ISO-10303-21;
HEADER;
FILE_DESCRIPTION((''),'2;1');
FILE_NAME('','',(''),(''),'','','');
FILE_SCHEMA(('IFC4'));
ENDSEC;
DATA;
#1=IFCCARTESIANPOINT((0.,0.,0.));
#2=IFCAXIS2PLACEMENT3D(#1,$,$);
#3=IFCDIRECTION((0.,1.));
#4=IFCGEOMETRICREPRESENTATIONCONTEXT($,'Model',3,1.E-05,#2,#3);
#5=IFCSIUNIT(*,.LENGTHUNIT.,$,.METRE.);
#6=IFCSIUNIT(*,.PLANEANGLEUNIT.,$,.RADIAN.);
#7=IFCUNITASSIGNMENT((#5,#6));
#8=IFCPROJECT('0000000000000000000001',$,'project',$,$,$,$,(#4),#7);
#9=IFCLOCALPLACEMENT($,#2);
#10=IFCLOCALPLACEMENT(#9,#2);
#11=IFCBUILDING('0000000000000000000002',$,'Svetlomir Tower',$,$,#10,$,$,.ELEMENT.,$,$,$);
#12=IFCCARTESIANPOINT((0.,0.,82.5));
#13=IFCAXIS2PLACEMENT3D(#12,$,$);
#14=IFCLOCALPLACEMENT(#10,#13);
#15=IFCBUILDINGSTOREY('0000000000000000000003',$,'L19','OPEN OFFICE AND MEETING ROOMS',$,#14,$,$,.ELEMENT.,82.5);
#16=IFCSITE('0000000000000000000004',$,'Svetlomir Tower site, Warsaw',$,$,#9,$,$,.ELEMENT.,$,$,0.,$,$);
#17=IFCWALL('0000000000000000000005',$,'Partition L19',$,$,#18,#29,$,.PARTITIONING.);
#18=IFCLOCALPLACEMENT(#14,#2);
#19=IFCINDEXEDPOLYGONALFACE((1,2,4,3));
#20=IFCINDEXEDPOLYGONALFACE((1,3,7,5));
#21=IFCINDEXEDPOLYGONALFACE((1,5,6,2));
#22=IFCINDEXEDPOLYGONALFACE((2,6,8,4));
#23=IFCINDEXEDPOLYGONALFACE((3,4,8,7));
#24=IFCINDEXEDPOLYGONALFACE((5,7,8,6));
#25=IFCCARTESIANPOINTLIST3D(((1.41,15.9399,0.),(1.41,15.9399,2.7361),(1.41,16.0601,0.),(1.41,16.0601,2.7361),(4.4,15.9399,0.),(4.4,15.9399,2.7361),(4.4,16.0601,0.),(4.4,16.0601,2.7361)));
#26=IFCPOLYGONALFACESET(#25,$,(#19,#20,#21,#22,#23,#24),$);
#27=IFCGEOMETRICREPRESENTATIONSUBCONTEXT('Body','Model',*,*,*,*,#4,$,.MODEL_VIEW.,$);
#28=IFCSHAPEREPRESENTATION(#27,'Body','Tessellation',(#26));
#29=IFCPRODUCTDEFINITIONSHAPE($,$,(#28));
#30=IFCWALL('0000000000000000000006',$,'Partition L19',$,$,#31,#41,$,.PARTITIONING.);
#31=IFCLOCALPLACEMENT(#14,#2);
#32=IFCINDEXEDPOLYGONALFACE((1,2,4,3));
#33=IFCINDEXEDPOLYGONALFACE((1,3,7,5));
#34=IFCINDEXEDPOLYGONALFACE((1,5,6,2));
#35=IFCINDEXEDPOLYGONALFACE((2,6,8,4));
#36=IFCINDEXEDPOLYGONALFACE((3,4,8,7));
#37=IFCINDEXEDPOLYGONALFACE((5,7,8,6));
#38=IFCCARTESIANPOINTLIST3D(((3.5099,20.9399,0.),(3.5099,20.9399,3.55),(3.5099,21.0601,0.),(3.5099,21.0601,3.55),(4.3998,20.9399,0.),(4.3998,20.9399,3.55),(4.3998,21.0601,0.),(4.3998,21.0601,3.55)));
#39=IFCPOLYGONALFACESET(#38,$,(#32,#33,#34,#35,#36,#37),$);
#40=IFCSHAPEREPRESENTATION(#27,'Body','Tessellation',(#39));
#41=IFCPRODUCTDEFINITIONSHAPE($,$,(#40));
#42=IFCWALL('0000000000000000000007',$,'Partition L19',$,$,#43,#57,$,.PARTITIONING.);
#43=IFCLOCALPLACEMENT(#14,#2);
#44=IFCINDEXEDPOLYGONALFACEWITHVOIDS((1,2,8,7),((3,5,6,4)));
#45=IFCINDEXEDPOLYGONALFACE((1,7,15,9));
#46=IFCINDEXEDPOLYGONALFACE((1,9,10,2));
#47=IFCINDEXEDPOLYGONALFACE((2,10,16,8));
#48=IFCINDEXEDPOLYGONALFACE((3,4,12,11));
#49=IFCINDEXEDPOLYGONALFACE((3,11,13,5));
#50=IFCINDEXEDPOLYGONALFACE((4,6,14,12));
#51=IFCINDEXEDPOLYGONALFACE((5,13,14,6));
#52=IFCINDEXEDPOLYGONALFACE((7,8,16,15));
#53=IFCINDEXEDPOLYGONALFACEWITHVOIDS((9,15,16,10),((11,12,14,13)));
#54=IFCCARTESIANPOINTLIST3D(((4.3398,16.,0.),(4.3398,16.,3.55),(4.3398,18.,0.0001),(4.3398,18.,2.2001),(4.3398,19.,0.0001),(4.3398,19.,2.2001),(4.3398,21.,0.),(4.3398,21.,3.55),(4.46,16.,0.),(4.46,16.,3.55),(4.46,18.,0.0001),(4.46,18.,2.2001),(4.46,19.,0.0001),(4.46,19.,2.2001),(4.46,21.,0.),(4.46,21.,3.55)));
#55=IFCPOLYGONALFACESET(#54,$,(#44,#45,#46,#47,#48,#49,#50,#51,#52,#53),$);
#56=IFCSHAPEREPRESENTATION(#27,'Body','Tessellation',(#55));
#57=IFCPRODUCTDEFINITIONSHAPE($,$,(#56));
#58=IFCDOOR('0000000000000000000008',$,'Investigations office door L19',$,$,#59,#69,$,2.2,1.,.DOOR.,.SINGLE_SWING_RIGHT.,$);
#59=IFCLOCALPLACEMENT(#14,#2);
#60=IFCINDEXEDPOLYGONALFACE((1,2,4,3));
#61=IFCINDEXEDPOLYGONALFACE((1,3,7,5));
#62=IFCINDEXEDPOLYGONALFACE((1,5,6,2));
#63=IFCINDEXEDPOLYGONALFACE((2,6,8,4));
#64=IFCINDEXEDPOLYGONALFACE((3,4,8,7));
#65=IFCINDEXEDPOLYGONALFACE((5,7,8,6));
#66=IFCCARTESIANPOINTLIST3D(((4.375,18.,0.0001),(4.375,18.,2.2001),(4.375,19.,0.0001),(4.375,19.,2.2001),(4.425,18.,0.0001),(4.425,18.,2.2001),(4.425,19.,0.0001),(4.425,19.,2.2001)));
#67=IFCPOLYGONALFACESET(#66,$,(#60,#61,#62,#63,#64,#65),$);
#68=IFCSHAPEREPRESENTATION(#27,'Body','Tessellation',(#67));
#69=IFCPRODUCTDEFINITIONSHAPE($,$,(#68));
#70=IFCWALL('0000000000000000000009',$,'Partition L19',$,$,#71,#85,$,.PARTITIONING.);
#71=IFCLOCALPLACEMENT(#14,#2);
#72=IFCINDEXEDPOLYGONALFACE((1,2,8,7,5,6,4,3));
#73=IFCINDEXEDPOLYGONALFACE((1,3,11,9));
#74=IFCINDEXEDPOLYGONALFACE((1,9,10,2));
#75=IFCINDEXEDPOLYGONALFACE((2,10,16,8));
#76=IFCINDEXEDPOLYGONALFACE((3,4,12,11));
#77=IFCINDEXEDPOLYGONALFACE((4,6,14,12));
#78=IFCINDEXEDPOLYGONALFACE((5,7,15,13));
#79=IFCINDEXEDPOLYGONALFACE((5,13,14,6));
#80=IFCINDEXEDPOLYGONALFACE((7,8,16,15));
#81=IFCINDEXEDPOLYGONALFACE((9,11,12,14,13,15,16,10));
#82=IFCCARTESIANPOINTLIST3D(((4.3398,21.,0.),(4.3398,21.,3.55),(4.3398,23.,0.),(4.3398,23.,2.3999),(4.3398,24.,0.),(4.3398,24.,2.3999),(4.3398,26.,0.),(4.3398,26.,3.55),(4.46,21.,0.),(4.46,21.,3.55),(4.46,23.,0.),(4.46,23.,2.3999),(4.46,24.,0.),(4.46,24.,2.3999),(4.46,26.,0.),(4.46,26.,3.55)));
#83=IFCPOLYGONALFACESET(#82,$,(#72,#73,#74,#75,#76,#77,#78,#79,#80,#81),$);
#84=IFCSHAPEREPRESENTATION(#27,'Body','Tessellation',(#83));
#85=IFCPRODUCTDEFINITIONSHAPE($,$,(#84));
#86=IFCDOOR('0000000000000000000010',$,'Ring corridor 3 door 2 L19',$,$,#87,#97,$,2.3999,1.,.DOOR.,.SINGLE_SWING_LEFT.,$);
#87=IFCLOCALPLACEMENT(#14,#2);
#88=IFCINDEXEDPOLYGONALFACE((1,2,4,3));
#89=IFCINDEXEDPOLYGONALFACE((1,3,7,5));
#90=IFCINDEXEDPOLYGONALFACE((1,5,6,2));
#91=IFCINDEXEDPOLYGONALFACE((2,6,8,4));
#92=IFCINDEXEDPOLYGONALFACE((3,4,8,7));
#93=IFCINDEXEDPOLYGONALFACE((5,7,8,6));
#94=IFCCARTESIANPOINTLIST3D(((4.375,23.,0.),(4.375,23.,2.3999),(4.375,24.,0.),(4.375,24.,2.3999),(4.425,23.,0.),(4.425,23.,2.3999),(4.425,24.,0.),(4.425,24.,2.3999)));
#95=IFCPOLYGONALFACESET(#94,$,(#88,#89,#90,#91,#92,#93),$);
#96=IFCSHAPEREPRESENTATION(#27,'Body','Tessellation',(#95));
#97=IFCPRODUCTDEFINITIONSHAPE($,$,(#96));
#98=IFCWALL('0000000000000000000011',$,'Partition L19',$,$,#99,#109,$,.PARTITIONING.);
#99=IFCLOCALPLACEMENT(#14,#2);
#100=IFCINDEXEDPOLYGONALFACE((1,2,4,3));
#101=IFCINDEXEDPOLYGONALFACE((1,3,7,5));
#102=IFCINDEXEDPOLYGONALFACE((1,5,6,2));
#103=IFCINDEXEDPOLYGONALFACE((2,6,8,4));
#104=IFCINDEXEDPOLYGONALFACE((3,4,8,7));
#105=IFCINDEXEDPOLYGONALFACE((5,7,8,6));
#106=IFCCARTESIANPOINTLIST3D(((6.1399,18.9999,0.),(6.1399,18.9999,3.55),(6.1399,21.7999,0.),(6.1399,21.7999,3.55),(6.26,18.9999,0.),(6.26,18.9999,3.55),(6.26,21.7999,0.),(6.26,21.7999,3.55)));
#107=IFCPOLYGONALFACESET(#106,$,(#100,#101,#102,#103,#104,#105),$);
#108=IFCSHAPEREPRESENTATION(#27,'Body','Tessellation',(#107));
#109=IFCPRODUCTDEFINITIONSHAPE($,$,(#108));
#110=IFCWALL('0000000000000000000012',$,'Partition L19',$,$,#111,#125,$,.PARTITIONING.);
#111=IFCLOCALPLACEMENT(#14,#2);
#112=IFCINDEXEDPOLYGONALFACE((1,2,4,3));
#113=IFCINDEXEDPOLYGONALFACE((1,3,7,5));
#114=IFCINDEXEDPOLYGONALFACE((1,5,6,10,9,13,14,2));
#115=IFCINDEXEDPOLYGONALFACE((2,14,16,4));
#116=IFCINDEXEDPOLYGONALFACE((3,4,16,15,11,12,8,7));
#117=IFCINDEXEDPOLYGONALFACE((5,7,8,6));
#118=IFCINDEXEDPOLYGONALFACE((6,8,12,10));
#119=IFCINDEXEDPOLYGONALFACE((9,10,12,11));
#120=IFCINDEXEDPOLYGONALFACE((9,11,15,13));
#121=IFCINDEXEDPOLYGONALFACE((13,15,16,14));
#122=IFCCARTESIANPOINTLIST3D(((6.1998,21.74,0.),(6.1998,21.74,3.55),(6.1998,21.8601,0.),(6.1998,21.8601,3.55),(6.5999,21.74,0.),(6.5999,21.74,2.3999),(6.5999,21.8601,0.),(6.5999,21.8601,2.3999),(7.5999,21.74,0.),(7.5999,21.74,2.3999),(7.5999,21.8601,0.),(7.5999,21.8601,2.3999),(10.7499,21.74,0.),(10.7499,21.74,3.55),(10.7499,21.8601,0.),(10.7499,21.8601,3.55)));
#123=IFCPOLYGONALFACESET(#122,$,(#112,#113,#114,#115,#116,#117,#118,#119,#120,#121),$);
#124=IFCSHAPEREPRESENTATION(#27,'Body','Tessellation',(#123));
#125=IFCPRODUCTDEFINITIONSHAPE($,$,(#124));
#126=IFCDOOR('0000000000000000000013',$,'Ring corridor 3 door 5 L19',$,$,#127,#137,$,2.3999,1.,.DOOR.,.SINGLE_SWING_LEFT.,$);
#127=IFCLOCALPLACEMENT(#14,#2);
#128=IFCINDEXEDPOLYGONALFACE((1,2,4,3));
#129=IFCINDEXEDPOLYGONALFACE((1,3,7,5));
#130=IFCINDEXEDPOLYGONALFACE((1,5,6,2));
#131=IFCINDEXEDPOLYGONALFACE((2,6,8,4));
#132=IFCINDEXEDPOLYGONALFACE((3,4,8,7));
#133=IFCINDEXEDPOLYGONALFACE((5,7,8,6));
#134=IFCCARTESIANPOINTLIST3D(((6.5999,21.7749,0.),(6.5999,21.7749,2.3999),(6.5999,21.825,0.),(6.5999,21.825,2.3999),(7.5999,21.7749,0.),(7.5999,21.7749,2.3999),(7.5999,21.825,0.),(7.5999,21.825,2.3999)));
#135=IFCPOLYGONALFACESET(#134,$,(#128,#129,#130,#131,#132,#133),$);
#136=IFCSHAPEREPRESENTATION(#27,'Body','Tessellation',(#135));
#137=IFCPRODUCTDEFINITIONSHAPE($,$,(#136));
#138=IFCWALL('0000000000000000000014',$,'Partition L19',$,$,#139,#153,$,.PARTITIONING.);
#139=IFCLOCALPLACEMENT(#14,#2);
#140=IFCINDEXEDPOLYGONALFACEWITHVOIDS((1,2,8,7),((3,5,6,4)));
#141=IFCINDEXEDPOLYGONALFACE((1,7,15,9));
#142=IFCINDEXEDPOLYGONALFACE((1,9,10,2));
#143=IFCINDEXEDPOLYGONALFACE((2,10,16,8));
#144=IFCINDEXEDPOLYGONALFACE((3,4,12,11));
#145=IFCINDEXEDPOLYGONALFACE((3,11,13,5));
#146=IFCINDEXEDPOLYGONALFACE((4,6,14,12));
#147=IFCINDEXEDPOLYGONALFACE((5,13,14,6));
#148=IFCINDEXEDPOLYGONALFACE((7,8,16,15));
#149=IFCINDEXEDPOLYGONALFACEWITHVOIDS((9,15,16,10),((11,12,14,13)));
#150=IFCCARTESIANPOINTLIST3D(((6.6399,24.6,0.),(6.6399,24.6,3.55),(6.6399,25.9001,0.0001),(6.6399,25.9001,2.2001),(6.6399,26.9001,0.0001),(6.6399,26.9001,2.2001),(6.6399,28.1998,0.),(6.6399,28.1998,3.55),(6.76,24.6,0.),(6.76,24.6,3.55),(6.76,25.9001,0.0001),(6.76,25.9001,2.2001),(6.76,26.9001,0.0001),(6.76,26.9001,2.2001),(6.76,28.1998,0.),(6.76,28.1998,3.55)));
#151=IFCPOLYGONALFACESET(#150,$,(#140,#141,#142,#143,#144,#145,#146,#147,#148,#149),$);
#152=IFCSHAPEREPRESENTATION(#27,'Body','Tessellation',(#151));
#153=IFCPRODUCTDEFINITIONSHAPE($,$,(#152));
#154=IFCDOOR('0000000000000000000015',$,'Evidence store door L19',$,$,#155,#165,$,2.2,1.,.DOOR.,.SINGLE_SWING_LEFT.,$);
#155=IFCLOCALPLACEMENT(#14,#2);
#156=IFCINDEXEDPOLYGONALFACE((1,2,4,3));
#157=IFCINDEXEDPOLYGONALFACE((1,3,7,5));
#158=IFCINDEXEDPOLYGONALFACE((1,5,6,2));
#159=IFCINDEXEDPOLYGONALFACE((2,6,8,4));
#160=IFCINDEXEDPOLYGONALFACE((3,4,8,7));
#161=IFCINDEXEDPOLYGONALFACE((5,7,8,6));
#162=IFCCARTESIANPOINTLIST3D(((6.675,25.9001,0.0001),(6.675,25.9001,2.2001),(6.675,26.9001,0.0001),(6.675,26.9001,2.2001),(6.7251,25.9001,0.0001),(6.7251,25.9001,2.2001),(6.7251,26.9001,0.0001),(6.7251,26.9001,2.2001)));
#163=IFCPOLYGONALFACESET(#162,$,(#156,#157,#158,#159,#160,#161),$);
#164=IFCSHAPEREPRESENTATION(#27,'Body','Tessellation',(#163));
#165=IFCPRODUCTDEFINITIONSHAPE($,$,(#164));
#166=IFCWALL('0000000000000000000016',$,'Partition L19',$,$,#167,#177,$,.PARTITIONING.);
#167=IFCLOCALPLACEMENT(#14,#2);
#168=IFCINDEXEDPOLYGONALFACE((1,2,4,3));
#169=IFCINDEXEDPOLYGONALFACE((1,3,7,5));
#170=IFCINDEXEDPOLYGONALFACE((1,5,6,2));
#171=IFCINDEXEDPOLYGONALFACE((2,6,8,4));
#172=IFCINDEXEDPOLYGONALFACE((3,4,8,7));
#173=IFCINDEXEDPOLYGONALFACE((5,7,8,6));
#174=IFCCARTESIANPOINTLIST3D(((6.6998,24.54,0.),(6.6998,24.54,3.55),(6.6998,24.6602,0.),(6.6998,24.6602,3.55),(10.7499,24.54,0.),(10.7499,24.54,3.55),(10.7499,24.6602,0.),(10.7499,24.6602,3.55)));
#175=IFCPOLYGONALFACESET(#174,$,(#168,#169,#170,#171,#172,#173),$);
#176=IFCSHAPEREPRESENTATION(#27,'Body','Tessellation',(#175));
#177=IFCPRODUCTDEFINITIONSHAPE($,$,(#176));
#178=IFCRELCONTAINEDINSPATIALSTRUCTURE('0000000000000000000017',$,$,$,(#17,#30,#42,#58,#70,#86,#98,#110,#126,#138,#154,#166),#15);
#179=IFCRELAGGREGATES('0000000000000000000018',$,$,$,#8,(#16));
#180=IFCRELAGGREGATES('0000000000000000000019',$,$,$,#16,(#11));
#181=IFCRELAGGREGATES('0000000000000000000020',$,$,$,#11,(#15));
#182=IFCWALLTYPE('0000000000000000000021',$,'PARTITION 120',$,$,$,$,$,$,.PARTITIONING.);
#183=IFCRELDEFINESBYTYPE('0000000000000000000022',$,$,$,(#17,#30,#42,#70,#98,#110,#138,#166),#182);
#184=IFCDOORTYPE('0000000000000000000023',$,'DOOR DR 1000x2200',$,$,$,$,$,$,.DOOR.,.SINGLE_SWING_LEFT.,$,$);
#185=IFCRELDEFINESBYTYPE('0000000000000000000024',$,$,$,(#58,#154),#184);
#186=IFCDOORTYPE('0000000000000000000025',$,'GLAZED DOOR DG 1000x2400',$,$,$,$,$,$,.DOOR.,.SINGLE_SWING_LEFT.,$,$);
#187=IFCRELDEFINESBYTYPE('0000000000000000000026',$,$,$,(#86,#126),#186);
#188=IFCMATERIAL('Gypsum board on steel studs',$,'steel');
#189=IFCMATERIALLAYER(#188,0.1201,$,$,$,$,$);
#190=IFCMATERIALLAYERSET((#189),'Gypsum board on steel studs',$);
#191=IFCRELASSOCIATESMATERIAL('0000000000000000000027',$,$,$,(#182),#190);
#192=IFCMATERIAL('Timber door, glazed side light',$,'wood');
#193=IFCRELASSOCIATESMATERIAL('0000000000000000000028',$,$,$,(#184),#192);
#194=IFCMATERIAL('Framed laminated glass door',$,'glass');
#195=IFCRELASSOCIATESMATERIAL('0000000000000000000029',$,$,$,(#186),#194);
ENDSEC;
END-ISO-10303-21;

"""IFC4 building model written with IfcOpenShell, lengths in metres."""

from ifc_helpers import new_model, si_unit, direction, frame, frame_2d, origin, place, context, subcontext, project, spatial, rectangle, extrude, material, layer, layer_set, type_object, element, fill, save


model = new_model("IFC4")

# Units and contexts
model_context = context("Model", 3, precision=1e-05, world=origin(), true_north=direction((0.0, 1.0)))
body_context = subcontext(model_context, "Body", "Model", "MODEL_VIEW")
ifc_project = project(units=[si_unit("LENGTHUNIT", "METRE"), si_unit("PLANEANGLEUNIT", "RADIAN")], contexts=[model_context])

# Site, building, storey
site_placement = place(None, origin())
site = spatial("IfcSite", under=ifc_project, at=site_placement, Name="Svetlomir Tower site, Warsaw", CompositionType="ELEMENT", RefElevation=0.0)
building_placement = place(site_placement, origin())
building = spatial("IfcBuilding", under=site, at=building_placement, Name="Svetlomir Tower", CompositionType="ELEMENT")
storey_placement = place(building_placement, frame((0.0, 0.0, 82.5)))
storey = spatial("IfcBuildingStorey", under=building, at=storey_placement, Name="L19", Description="OPEN OFFICE AND MEETING ROOMS", CompositionType="ELEMENT", Elevation=82.5)

# Walls
ifc_material_1 = material(Name="Gypsum board on steel studs", Category="steel")
ifc_layer_1 = layer(ifc_material_1, 0.1201)
ifc_layer_set_1 = layer_set([ifc_layer_1], Name="Gypsum board on steel studs")
wall_type_1 = type_object("IfcWallType", Name="PARTITION 120", PredefinedType="PARTITIONING", material=ifc_layer_set_1)
wall_1_placement = place(storey_placement, frame((1.4099, 16.0, 0.0), z_axis=(0.0, 0.0, 1.0), x_axis=(1.0, 0.0, 0.0)))
element("IfcWall", 1, at=wall_1_placement, inside=storey, type_object=wall_type_1, Name="Partition L19", PredefinedType="PARTITIONING", context=body_context, shape_type="SweptSolid", body=[
    extrude(rectangle(XDim=2.99, YDim=0.1201, at=frame_2d((1.4951, 0.0))), origin(), (0.0, 0.0, 1.0), 2.7361),
])
wall_2_placement = place(storey_placement, frame((3.51, 21.0, 0.0), z_axis=(0.0, 0.0, 1.0), x_axis=(1.0, 0.0, 0.0)))
element("IfcWall", 2, at=wall_2_placement, inside=storey, type_object=wall_type_1, Name="Partition L19", PredefinedType="PARTITIONING", context=body_context, shape_type="SweptSolid", body=[
    extrude(rectangle(XDim=0.8899, YDim=0.1201, at=frame_2d((0.4448, 0.0))), origin(), (0.0, 0.0, 1.0), 3.55),
])

# Walls, openings, doors
wall_3_placement = place(storey_placement, frame((4.3999, 16.0, 0.0), z_axis=(0.0, 0.0, 1.0), x_axis=(0.0, 1.0, 0.0)))
wall_3 = element("IfcWall", 3, at=wall_3_placement, inside=storey, type_object=wall_type_1, Name="Partition L19", PredefinedType="PARTITIONING", context=body_context, shape_type="SweptSolid", body=[
    extrude(rectangle(XDim=5.0, YDim=0.1201, at=frame_2d((2.5, 0.0))), origin(), (0.0, 0.0, 1.0), 3.55),
])
opening_1_placement = place(wall_3_placement, frame((2.0, 0.0, 0.0)))
opening_1 = element("IfcOpeningElement", 4, at=opening_1_placement, cuts=wall_3, PredefinedType="OPENING", context=body_context, shape_type="SweptSolid", body=[
    extrude(rectangle(XDim=1.0, YDim=2.2, at=frame_2d((0.5, 1.1001))), frame((0.0, 0.0701, 0.0), z_axis=(0.0, -1.0, 0.0), x_axis=(1.0, 0.0, 0.0)), (0.0, 0.0, 1.0), 0.1401),
])
ifc_material_2 = material(Name="Timber door, glazed side light", Category="wood")
door_type_1 = type_object("IfcDoorType", Name="DOOR DR 1000x2200", OperationType="SINGLE_SWING_LEFT", PredefinedType="DOOR", material=ifc_material_2)
door_1_placement = place(opening_1_placement, origin())
door_1 = element("IfcDoor", 5, at=door_1_placement, inside=storey, type_object=door_type_1, Name="Investigations office door L19", OperationType="SINGLE_SWING_RIGHT", OverallHeight=2.2, OverallWidth=1.0, PredefinedType="DOOR", context=body_context, shape_type="SweptSolid", body=[
    extrude(rectangle(XDim=1.0, YDim=2.2, at=frame_2d((0.5, 1.1001))), frame((0.0, 0.0249, 0.0), z_axis=(0.0, -1.0, 0.0), x_axis=(1.0, 0.0, 0.0)), (0.0, 0.0, 1.0), 0.05),
])
fill(opening_1, door_1)
wall_4_placement = place(storey_placement, frame((4.3999, 21.0, 0.0), z_axis=(0.0, 0.0, 1.0), x_axis=(0.0, 1.0, 0.0)))
wall_4 = element("IfcWall", 6, at=wall_4_placement, inside=storey, type_object=wall_type_1, Name="Partition L19", PredefinedType="PARTITIONING", context=body_context, shape_type="SweptSolid", body=[
    extrude(rectangle(XDim=5.0, YDim=0.1201, at=frame_2d((2.5, 0.0))), origin(), (0.0, 0.0, 1.0), 3.55),
])
opening_2_placement = place(wall_4_placement, frame((2.0, 0.0, 0.0)))
opening_2 = element("IfcOpeningElement", 7, at=opening_2_placement, cuts=wall_4, PredefinedType="OPENING", context=body_context, shape_type="SweptSolid", body=[
    extrude(rectangle(XDim=1.0, YDim=2.3999, at=frame_2d((0.5, 1.2))), frame((0.0, 0.0701, 0.0), z_axis=(0.0, -1.0, 0.0), x_axis=(1.0, 0.0, 0.0)), (0.0, 0.0, 1.0), 0.1401),
])
ifc_material_3 = material(Name="Framed laminated glass door", Category="glass")
door_type_2 = type_object("IfcDoorType", Name="GLAZED DOOR DG 1000x2400", OperationType="SINGLE_SWING_LEFT", PredefinedType="DOOR", material=ifc_material_3)
door_2_placement = place(opening_2_placement, origin())
door_2 = element("IfcDoor", 8, at=door_2_placement, inside=storey, type_object=door_type_2, Name="Ring corridor 3 door 2 L19", OperationType="SINGLE_SWING_LEFT", OverallHeight=2.3999, OverallWidth=1.0, PredefinedType="DOOR", context=body_context, shape_type="SweptSolid", body=[
    extrude(rectangle(XDim=1.0, YDim=2.3999, at=frame_2d((0.5, 1.2))), frame((0.0, 0.0249, 0.0), z_axis=(0.0, -1.0, 0.0), x_axis=(1.0, 0.0, 0.0)), (0.0, 0.0, 1.0), 0.05),
])
fill(opening_2, door_2)

# Wall
wall_5_placement = place(storey_placement, frame((6.2, 19.0, 0.0), z_axis=(0.0, 0.0, 1.0), x_axis=(0.0, 1.0, 0.0)))
element("IfcWall", 9, at=wall_5_placement, inside=storey, type_object=wall_type_1, Name="Partition L19", PredefinedType="PARTITIONING", context=body_context, shape_type="SweptSolid", body=[
    extrude(rectangle(XDim=2.8, YDim=0.1201, at=frame_2d((1.3999, 0.0))), origin(), (0.0, 0.0, 1.0), 3.55),
])

# Walls, openings, doors
wall_6_placement = place(storey_placement, frame((6.2, 21.8, 0.0), z_axis=(0.0, 0.0, 1.0), x_axis=(1.0, 0.0, 0.0)))
wall_6 = element("IfcWall", 10, at=wall_6_placement, inside=storey, type_object=wall_type_1, Name="Partition L19", PredefinedType="PARTITIONING", context=body_context, shape_type="SweptSolid", body=[
    extrude(rectangle(XDim=4.55, YDim=0.1201, at=frame_2d((2.2749, 0.0))), origin(), (0.0, 0.0, 1.0), 3.55),
])
opening_3_placement = place(wall_6_placement, frame((0.3999, 0.0, 0.0)))
opening_3 = element("IfcOpeningElement", 11, at=opening_3_placement, cuts=wall_6, PredefinedType="OPENING", context=body_context, shape_type="SweptSolid", body=[
    extrude(rectangle(XDim=1.0, YDim=2.3999, at=frame_2d((0.5, 1.2))), frame((0.0, 0.0701, 0.0), z_axis=(0.0, -1.0, 0.0), x_axis=(1.0, 0.0, 0.0)), (0.0, 0.0, 1.0), 0.1401),
])
door_3_placement = place(opening_3_placement, origin())
door_3 = element("IfcDoor", 12, at=door_3_placement, inside=storey, type_object=door_type_2, Name="Ring corridor 3 door 5 L19", OperationType="SINGLE_SWING_LEFT", OverallHeight=2.3999, OverallWidth=1.0, PredefinedType="DOOR", context=body_context, shape_type="SweptSolid", body=[
    extrude(rectangle(XDim=1.0, YDim=2.3999, at=frame_2d((0.5, 1.2))), frame((0.0, 0.0249, 0.0), z_axis=(0.0, -1.0, 0.0), x_axis=(1.0, 0.0, 0.0)), (0.0, 0.0, 1.0), 0.05),
])
fill(opening_3, door_3)
wall_7_placement = place(storey_placement, frame((6.7, 24.6001, 0.0), z_axis=(0.0, 0.0, 1.0), x_axis=(0.0, 1.0, 0.0)))
wall_7 = element("IfcWall", 13, at=wall_7_placement, inside=storey, type_object=wall_type_1, Name="Partition L19", PredefinedType="PARTITIONING", context=body_context, shape_type="SweptSolid", body=[
    extrude(rectangle(XDim=3.5999, YDim=0.1201, at=frame_2d((1.7998, 0.0))), origin(), (0.0, 0.0, 1.0), 3.55),
])
opening_4_placement = place(wall_7_placement, frame((1.3, 0.0, 0.0)))
opening_4 = element("IfcOpeningElement", 14, at=opening_4_placement, cuts=wall_7, PredefinedType="OPENING", context=body_context, shape_type="SweptSolid", body=[
    extrude(rectangle(XDim=1.0, YDim=2.2, at=frame_2d((0.5, 1.1001))), frame((0.0, 0.0701, 0.0), z_axis=(0.0, -1.0, 0.0), x_axis=(1.0, 0.0, 0.0)), (0.0, 0.0, 1.0), 0.1401),
])
door_4_placement = place(opening_4_placement, origin())
door_4 = element("IfcDoor", 15, at=door_4_placement, inside=storey, type_object=door_type_1, Name="Evidence store door L19", OperationType="SINGLE_SWING_LEFT", OverallHeight=2.2, OverallWidth=1.0, PredefinedType="DOOR", context=body_context, shape_type="SweptSolid", body=[
    extrude(rectangle(XDim=1.0, YDim=2.2, at=frame_2d((0.5, 1.1001))), frame((0.0, 0.0249, 0.0), z_axis=(0.0, -1.0, 0.0), x_axis=(1.0, 0.0, 0.0)), (0.0, 0.0, 1.0), 0.05),
])
fill(opening_4, door_4)

# Wall
wall_8_placement = place(storey_placement, frame((6.7, 24.6001, 0.0), z_axis=(0.0, 0.0, 1.0), x_axis=(1.0, 0.0, 0.0)))
element("IfcWall", 16, at=wall_8_placement, inside=storey, type_object=wall_type_1, Name="Partition L19", PredefinedType="PARTITIONING", context=body_context, shape_type="SweptSolid", body=[
    extrude(rectangle(XDim=4.05, YDim=0.1201, at=frame_2d((2.0249, 0.0))), origin(), (0.0, 0.0, 1.0), 3.55),
])

save(model, "model.ifc")
